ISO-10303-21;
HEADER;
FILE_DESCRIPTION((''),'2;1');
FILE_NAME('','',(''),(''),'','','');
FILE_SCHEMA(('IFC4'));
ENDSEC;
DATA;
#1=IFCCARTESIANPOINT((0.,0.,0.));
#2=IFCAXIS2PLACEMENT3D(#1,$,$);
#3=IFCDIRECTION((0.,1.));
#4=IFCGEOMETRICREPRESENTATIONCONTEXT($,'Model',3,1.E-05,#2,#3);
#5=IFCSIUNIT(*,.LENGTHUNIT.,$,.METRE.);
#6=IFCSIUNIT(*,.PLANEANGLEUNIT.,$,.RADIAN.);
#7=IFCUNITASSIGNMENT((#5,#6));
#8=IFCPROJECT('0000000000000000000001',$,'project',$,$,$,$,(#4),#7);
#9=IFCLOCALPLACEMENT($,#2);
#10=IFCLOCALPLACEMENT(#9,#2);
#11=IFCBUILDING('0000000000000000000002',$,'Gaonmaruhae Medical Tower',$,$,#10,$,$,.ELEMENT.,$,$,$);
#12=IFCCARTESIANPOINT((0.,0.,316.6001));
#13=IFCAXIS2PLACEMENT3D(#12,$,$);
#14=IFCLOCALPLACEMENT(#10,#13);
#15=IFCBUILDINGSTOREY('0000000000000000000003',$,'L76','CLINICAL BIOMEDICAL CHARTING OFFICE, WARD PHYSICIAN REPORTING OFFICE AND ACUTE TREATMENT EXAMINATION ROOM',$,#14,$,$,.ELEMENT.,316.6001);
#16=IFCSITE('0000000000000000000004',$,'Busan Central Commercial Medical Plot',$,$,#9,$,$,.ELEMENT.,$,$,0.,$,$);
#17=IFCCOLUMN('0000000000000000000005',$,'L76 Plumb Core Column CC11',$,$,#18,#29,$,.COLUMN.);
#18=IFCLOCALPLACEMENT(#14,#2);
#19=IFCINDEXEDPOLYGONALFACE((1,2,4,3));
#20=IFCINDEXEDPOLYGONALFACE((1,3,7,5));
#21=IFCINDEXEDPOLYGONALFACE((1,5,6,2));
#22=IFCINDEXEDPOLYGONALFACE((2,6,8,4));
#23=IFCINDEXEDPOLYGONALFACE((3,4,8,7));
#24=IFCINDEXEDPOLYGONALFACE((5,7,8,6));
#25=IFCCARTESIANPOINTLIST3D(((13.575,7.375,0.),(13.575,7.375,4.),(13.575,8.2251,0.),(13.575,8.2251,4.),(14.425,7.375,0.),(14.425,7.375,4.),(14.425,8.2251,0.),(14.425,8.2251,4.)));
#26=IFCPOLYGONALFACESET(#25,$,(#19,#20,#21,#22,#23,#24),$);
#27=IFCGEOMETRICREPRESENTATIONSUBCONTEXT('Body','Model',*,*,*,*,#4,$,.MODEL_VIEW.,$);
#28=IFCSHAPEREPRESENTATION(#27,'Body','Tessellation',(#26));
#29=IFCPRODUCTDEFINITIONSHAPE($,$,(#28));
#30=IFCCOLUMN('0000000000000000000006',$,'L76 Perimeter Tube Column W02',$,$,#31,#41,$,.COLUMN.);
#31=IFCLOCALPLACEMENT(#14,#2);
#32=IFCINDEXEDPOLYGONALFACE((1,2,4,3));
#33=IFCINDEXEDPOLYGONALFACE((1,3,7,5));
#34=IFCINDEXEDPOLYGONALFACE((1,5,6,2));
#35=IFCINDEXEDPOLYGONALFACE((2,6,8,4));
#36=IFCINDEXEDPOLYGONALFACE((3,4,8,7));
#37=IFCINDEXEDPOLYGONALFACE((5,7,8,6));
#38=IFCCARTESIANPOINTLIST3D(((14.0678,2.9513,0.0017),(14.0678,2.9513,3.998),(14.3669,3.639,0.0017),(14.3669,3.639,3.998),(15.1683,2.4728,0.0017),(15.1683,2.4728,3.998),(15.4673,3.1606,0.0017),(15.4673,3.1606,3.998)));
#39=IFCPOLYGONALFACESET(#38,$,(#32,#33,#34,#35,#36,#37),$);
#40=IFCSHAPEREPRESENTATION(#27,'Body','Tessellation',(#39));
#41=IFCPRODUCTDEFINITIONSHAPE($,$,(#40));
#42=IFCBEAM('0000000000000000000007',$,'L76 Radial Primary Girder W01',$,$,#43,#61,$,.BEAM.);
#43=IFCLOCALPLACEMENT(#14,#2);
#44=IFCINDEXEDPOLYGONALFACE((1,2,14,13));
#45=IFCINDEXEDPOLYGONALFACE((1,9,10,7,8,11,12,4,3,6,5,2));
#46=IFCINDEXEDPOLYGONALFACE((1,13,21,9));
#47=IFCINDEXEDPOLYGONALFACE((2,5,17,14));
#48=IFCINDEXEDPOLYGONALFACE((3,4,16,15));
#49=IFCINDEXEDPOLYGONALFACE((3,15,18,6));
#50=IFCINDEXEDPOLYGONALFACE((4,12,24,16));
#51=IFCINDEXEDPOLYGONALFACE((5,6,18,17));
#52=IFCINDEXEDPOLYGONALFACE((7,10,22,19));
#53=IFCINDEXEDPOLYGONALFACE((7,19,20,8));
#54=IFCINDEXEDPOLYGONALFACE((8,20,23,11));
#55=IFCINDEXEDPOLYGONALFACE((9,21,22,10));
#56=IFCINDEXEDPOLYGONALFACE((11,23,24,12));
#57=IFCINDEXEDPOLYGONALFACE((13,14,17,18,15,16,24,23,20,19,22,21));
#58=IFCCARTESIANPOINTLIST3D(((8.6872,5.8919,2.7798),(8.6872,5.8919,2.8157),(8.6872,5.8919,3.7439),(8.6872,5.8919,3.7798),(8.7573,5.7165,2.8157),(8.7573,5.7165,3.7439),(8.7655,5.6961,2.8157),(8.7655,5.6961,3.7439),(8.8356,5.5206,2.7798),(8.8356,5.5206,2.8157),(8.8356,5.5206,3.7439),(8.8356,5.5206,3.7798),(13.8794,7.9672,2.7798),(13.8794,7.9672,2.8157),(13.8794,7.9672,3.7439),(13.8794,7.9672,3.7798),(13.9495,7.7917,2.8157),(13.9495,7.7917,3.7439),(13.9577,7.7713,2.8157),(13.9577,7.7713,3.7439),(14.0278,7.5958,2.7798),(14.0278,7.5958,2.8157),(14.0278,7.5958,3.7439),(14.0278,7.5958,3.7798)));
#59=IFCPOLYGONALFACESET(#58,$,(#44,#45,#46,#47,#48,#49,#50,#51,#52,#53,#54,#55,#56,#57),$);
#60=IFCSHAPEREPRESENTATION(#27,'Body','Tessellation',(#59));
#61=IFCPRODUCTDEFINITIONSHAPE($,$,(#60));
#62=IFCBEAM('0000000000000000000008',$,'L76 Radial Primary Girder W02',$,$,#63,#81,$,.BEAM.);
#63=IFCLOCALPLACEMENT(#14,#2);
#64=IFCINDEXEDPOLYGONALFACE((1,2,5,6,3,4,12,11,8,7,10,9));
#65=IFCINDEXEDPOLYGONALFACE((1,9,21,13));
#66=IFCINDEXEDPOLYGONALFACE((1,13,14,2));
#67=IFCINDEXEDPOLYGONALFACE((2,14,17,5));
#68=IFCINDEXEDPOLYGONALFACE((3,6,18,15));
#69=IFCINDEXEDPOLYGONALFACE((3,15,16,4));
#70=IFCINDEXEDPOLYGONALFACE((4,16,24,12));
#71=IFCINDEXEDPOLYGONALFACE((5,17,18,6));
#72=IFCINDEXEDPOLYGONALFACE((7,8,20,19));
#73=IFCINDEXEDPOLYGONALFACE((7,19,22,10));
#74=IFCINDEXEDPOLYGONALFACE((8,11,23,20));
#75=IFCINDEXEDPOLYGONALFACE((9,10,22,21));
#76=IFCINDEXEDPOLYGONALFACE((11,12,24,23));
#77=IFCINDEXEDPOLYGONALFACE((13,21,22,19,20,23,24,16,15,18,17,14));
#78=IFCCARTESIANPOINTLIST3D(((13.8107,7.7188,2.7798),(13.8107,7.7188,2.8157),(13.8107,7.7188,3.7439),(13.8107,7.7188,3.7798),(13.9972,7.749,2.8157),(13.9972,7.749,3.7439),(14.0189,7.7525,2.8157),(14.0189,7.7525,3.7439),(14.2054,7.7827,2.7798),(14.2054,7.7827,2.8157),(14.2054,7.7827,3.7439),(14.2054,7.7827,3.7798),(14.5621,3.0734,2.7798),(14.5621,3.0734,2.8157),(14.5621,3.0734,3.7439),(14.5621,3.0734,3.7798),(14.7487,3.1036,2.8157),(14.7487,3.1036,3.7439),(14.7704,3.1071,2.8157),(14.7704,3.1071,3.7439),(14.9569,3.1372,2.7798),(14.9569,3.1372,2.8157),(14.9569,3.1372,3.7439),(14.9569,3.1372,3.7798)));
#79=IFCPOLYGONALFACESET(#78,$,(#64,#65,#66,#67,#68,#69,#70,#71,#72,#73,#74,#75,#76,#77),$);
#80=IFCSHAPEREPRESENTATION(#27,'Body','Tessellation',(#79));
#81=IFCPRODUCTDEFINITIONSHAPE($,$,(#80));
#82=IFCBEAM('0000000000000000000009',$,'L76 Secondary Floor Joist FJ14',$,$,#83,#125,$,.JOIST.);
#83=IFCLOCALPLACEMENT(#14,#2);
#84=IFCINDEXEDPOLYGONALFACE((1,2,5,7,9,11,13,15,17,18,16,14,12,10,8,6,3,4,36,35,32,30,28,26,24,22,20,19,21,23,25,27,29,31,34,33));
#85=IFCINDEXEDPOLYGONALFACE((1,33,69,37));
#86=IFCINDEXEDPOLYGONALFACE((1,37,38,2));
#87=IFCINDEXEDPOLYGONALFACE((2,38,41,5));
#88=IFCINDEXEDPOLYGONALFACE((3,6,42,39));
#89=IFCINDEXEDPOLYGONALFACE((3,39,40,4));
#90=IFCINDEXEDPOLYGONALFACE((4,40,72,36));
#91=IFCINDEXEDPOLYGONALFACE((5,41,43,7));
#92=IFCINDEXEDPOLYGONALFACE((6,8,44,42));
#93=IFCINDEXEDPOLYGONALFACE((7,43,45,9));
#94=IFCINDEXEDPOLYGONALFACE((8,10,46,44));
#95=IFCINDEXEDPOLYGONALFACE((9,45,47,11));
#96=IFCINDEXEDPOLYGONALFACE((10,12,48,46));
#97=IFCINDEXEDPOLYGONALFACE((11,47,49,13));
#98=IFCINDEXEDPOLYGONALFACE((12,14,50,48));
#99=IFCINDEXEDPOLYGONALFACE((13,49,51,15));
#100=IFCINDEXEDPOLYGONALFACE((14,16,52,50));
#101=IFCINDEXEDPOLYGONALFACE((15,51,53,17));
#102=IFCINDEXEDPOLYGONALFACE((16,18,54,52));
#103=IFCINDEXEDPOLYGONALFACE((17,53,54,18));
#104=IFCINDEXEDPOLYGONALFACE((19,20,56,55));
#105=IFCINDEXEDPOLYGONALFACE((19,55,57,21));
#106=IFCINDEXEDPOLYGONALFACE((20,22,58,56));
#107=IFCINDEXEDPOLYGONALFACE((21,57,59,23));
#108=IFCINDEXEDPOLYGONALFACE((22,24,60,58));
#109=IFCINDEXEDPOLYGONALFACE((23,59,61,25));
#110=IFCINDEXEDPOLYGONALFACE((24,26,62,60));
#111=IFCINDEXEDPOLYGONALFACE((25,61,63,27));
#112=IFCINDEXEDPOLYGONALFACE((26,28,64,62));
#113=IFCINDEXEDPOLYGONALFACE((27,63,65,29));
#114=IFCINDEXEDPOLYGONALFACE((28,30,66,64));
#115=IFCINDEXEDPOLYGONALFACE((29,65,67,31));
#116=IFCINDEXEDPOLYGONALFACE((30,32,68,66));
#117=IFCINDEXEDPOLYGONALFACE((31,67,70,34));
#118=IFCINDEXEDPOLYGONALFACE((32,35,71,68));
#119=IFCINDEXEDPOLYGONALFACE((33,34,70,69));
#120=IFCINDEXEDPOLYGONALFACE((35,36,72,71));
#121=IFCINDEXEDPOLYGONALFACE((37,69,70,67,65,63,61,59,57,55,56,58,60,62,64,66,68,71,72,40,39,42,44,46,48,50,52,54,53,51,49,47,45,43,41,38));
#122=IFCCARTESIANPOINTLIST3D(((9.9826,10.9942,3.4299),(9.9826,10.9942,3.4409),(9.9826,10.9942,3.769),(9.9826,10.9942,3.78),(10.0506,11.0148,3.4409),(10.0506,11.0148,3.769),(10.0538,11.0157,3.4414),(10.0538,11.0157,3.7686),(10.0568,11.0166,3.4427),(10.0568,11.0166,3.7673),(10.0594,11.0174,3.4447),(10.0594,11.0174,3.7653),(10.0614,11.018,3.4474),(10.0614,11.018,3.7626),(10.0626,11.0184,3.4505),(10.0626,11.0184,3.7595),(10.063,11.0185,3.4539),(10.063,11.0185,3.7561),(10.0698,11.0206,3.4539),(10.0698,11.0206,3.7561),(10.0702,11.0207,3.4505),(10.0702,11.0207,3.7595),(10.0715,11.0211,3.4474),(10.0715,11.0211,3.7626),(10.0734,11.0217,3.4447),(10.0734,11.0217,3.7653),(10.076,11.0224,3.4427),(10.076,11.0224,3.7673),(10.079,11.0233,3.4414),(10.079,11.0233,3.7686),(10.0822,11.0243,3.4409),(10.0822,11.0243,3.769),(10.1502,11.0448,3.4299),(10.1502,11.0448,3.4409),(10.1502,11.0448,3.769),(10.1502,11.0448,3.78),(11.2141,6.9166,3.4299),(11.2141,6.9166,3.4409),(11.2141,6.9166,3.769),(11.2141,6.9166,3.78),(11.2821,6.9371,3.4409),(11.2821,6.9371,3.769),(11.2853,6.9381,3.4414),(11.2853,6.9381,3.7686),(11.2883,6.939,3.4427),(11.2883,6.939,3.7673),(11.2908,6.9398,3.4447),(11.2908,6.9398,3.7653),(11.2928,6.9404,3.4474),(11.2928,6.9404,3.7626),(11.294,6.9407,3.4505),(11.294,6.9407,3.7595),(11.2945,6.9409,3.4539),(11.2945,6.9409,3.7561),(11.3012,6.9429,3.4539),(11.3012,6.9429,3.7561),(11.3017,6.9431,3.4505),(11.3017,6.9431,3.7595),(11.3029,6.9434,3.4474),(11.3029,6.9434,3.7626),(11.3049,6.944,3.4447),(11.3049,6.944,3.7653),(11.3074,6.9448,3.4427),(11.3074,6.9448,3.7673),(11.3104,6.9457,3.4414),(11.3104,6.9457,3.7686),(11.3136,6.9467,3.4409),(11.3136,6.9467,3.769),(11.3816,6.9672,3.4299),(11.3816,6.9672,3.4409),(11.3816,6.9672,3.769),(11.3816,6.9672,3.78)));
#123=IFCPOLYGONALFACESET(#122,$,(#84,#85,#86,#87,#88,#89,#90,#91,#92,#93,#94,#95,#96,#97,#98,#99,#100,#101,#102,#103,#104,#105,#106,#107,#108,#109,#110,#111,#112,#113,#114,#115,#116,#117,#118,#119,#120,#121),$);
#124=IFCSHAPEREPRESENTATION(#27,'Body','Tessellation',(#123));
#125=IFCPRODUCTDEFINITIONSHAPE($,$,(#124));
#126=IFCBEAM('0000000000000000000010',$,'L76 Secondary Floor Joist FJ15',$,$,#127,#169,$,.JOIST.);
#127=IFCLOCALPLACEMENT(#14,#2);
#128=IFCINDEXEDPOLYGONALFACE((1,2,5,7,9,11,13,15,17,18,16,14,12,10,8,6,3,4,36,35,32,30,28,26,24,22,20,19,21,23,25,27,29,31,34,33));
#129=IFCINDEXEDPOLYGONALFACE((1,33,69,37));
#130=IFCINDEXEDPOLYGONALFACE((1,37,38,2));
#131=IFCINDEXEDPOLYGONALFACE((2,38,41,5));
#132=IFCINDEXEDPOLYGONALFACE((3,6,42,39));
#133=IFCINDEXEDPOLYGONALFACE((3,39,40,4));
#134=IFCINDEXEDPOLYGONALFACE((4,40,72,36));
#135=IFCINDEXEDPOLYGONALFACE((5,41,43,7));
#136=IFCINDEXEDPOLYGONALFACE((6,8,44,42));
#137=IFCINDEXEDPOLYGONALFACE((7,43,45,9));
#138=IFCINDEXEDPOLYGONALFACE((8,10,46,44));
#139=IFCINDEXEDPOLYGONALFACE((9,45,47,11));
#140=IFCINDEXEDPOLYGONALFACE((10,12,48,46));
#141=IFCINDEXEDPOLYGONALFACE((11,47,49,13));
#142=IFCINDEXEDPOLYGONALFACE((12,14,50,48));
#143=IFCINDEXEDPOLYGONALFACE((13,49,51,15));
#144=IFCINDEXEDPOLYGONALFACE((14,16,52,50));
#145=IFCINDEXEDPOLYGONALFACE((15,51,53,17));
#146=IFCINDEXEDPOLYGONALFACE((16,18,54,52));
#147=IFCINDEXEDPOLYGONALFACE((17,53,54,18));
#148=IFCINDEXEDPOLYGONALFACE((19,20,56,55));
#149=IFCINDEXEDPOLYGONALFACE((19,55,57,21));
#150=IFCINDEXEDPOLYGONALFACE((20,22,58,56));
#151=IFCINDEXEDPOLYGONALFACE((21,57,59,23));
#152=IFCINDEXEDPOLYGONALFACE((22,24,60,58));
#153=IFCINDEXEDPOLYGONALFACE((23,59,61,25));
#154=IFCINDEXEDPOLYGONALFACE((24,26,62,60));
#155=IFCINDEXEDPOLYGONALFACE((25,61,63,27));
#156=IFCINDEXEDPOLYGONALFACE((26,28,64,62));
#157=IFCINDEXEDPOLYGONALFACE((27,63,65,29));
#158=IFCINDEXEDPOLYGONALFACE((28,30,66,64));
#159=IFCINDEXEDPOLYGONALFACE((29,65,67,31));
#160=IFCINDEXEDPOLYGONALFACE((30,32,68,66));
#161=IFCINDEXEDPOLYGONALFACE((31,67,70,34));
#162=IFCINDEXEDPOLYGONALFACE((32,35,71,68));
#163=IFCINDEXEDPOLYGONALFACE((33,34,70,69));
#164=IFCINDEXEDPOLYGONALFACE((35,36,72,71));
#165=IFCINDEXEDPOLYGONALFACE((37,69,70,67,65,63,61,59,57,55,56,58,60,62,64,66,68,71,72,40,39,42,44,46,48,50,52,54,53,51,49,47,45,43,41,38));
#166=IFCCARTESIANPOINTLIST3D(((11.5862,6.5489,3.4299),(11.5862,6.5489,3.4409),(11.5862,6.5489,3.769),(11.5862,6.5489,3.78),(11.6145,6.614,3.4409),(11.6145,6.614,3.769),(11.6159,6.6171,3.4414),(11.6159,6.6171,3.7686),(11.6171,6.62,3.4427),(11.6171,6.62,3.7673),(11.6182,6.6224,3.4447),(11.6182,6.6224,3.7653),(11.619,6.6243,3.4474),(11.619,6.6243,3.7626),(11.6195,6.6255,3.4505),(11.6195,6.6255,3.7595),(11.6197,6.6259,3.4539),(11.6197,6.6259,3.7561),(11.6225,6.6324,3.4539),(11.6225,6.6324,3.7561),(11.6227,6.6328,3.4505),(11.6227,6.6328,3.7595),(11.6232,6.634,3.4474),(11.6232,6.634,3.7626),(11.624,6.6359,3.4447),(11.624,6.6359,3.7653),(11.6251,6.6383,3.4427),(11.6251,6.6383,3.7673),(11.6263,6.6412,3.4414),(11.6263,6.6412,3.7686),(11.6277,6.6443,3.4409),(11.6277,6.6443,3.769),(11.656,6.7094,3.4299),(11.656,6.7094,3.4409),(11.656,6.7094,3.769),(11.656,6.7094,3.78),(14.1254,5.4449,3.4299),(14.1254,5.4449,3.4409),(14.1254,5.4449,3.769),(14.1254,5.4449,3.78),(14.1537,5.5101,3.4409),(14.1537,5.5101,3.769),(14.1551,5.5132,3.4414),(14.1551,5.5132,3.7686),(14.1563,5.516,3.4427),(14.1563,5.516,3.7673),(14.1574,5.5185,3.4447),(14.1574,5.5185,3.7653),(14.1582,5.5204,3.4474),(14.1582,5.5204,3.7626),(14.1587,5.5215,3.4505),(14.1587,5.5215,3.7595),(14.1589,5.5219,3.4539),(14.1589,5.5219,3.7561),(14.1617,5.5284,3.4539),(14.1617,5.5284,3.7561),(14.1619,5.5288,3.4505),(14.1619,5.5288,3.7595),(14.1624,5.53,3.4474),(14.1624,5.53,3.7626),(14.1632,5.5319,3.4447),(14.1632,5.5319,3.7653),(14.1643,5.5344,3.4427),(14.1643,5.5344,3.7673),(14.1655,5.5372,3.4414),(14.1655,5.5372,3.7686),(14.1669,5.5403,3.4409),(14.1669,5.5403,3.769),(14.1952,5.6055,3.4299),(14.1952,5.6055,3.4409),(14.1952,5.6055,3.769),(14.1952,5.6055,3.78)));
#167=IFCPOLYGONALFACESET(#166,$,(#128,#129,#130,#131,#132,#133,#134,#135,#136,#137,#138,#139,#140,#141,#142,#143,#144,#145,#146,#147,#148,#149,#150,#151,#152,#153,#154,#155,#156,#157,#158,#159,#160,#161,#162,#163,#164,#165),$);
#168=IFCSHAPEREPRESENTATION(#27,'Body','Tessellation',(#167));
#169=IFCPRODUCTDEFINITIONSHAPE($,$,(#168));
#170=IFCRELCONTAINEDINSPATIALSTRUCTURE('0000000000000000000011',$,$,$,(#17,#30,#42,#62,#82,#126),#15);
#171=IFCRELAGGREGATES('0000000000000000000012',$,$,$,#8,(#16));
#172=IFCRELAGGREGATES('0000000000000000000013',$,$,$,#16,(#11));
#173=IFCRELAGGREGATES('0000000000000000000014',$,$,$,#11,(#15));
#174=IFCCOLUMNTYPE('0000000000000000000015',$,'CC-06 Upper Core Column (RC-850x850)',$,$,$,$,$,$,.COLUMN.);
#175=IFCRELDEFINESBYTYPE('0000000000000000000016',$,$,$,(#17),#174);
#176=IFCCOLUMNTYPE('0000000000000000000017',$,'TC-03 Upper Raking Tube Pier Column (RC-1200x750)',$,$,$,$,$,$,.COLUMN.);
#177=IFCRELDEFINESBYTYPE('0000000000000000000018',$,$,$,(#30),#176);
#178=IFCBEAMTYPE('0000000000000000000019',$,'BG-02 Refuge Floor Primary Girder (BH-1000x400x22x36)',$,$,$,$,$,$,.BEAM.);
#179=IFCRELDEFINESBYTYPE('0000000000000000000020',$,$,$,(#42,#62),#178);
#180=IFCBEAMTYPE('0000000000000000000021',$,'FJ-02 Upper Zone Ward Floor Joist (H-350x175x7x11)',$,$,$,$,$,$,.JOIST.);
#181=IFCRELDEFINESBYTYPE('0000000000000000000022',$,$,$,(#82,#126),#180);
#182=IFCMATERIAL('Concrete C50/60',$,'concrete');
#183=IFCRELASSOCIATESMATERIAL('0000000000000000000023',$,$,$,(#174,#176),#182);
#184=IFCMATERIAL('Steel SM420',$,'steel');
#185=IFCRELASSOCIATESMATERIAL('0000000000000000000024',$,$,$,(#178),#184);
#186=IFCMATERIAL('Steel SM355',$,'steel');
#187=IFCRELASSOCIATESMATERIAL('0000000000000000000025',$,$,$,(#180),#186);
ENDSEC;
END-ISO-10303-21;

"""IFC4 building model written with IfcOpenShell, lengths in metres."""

from ifc_helpers import new_model, si_unit, direction, frame, origin, origin_2d, place, context, subcontext, project, spatial, rectangle, i_section, extrude, material, material_profile, profile_set, type_object, element, save


model = new_model("IFC4")

# Units and contexts
model_context = context("Model", 3, precision=1e-05, world=origin(), true_north=direction((0.0, 1.0)))
body_context = subcontext(model_context, "Body", "Model", "MODEL_VIEW")
ifc_project = project(units=[si_unit("LENGTHUNIT", "METRE"), si_unit("PLANEANGLEUNIT", "RADIAN")], contexts=[model_context])

# Site, building, storey
site_placement = place(None, origin())
site = spatial("IfcSite", under=ifc_project, at=site_placement, Name="Busan Central Commercial Medical Plot", CompositionType="ELEMENT", RefElevation=0.0)
building_placement = place(site_placement, origin())
building = spatial("IfcBuilding", under=site, at=building_placement, Name="Gaonmaruhae Medical Tower", CompositionType="ELEMENT")
storey_placement = place(building_placement, frame((0.0, 0.0, 316.6001)))
storey = spatial("IfcBuildingStorey", under=building, at=storey_placement, Name="L76", Description="CLINICAL BIOMEDICAL CHARTING OFFICE, WARD PHYSICIAN REPORTING OFFICE AND ACUTE TREATMENT EXAMINATION ROOM", CompositionType="ELEMENT", Elevation=316.6001)

# Columns
ifc_material_1 = material(Name="Concrete C50/60", Category="concrete")
ifc_material_profile_1 = material_profile(ifc_material_1, rectangle(XDim=0.8501, YDim=0.8501, at=origin_2d()), Name="RC-850x850")
ifc_profile_set_1 = profile_set([ifc_material_profile_1], Name="Concrete C50/60")
column_type_1 = type_object("IfcColumnType", Name="CC-06 Upper Core Column (RC-850x850)", PredefinedType="COLUMN", material=ifc_profile_set_1)
column_1_placement = place(storey_placement, frame((14.0, 7.8, 0.0), z_axis=(0.0, 0.0, 1.0), x_axis=(1.0, 0.0, 0.0)))
element("IfcColumn", 1, at=column_1_placement, inside=storey, type_object=column_type_1, Name="L76 Plumb Core Column CC11", PredefinedType="COLUMN", context=body_context, shape_type="SweptSolid", body=[
    extrude(rectangle(XDim=0.8501, YDim=0.8501, at=origin_2d()), origin(), (0.0, 0.0, 1.0), 4.0),
])
ifc_material_profile_2 = material_profile(ifc_material_1, rectangle(XDim=1.2, YDim=0.75, at=origin_2d()), Name="RC-1200x750")
ifc_profile_set_2 = profile_set([ifc_material_profile_2], Name="Concrete C50/60")
column_type_2 = type_object("IfcColumnType", Name="TC-03 Upper Raking Tube Pier Column (RC-1200x750)", PredefinedType="COLUMN", material=ifc_profile_set_2)
column_2_placement = place(storey_placement, frame((14.7676, 3.0559, 0.0017), z_axis=(0.0, 0.0, 1.0), x_axis=(-0.91706, 0.398749, 0.0)))
element("IfcColumn", 2, at=column_2_placement, inside=storey, type_object=column_type_2, Name="L76 Perimeter Tube Column W02", PredefinedType="COLUMN", context=body_context, shape_type="SweptSolid", body=[
    extrude(rectangle(XDim=1.2, YDim=0.75, at=origin_2d()), origin(), (0.0, 0.0, 1.0), 3.9963),
])

# Beams
ifc_material_2 = material(Name="Steel SM420", Category="steel")
ifc_material_profile_3 = material_profile(ifc_material_2, i_section(OverallWidth=0.3999, OverallDepth=1.0, WebThickness=0.022, FlangeThickness=0.0359, at=origin_2d()), Name="BH-1000x400x22x36")
ifc_profile_set_3 = profile_set([ifc_material_profile_3], Name="Steel SM420")
beam_type_1 = type_object("IfcBeamType", Name="BG-02 Refuge Floor Primary Girder (BH-1000x400x22x36)", PredefinedType="BEAM", material=ifc_profile_set_3)
beam_1_placement = place(storey_placement, frame((13.9536, 7.7815, 3.2798), z_axis=(-0.928579, -0.371135, 0.0), x_axis=(0.371135, -0.928579, 0.0)))
element("IfcBeam", 3, at=beam_1_placement, inside=storey, type_object=beam_type_1, Name="L76 Radial Primary Girder W01", PredefinedType="BEAM", context=body_context, shape_type="SweptSolid", body=[
    extrude(i_section(OverallWidth=0.3999, OverallDepth=1.0, WebThickness=0.022, FlangeThickness=0.0359, at=origin_2d()), origin(), (0.0, 0.0, 1.0), 5.5916),
])
beam_2_placement = place(storey_placement, frame((14.0081, 7.7507, 3.2798), z_axis=(0.159686, -0.987168, 0.0), x_axis=(0.987168, 0.159686, 0.0)))
element("IfcBeam", 4, at=beam_2_placement, inside=storey, type_object=beam_type_1, Name="L76 Radial Primary Girder W02", PredefinedType="BEAM", context=body_context, shape_type="SweptSolid", body=[
    extrude(i_section(OverallWidth=0.3999, OverallDepth=1.0, WebThickness=0.022, FlangeThickness=0.0359, at=origin_2d()), origin(), (0.0, 0.0, 1.0), 4.7058),
])
ifc_material_3 = material(Name="Steel SM355", Category="steel")
ifc_material_profile_4 = material_profile(ifc_material_3, i_section(OverallWidth=0.175, OverallDepth=0.3501, WebThickness=0.0071, FlangeThickness=0.011, FilletRadius=0.0129, at=origin_2d()), Name="H-350x175x7x11")
ifc_profile_set_4 = profile_set([ifc_material_profile_4], Name="Steel SM355")
beam_type_2 = type_object("IfcBeamType", Name="FJ-02 Upper Zone Ward Floor Joist (H-350x175x7x11)", PredefinedType="JOIST", material=ifc_profile_set_4)
beam_3_placement = place(storey_placement, frame((10.0664, 11.0195, 3.605), z_axis=(0.289104, -0.957298, 0.0), x_axis=(0.957298, 0.289104, 0.0)))
element("IfcBeam", 5, at=beam_3_placement, inside=storey, type_object=beam_type_2, Name="L76 Secondary Floor Joist FJ14", PredefinedType="JOIST", context=body_context, shape_type="SweptSolid", body=[
    extrude(i_section(OverallWidth=0.175, OverallDepth=0.3501, WebThickness=0.0071, FlangeThickness=0.011, FilletRadius=0.0129, at=origin_2d()), origin(), (0.0, 0.0, 1.0), 4.2595),
])
beam_4_placement = place(storey_placement, frame((11.6211, 6.6292, 3.605), z_axis=(0.917076, -0.398713, 0.0), x_axis=(0.398713, 0.917076, 0.0)))
element("IfcBeam", 6, at=beam_4_placement, inside=storey, type_object=beam_type_2, Name="L76 Secondary Floor Joist FJ15", PredefinedType="JOIST", context=body_context, shape_type="SweptSolid", body=[
    extrude(i_section(OverallWidth=0.175, OverallDepth=0.3501, WebThickness=0.0071, FlangeThickness=0.011, FilletRadius=0.0129, at=origin_2d()), origin(), (0.0, 0.0, 1.0), 2.7688),
])

save(model, "model.ifc")
